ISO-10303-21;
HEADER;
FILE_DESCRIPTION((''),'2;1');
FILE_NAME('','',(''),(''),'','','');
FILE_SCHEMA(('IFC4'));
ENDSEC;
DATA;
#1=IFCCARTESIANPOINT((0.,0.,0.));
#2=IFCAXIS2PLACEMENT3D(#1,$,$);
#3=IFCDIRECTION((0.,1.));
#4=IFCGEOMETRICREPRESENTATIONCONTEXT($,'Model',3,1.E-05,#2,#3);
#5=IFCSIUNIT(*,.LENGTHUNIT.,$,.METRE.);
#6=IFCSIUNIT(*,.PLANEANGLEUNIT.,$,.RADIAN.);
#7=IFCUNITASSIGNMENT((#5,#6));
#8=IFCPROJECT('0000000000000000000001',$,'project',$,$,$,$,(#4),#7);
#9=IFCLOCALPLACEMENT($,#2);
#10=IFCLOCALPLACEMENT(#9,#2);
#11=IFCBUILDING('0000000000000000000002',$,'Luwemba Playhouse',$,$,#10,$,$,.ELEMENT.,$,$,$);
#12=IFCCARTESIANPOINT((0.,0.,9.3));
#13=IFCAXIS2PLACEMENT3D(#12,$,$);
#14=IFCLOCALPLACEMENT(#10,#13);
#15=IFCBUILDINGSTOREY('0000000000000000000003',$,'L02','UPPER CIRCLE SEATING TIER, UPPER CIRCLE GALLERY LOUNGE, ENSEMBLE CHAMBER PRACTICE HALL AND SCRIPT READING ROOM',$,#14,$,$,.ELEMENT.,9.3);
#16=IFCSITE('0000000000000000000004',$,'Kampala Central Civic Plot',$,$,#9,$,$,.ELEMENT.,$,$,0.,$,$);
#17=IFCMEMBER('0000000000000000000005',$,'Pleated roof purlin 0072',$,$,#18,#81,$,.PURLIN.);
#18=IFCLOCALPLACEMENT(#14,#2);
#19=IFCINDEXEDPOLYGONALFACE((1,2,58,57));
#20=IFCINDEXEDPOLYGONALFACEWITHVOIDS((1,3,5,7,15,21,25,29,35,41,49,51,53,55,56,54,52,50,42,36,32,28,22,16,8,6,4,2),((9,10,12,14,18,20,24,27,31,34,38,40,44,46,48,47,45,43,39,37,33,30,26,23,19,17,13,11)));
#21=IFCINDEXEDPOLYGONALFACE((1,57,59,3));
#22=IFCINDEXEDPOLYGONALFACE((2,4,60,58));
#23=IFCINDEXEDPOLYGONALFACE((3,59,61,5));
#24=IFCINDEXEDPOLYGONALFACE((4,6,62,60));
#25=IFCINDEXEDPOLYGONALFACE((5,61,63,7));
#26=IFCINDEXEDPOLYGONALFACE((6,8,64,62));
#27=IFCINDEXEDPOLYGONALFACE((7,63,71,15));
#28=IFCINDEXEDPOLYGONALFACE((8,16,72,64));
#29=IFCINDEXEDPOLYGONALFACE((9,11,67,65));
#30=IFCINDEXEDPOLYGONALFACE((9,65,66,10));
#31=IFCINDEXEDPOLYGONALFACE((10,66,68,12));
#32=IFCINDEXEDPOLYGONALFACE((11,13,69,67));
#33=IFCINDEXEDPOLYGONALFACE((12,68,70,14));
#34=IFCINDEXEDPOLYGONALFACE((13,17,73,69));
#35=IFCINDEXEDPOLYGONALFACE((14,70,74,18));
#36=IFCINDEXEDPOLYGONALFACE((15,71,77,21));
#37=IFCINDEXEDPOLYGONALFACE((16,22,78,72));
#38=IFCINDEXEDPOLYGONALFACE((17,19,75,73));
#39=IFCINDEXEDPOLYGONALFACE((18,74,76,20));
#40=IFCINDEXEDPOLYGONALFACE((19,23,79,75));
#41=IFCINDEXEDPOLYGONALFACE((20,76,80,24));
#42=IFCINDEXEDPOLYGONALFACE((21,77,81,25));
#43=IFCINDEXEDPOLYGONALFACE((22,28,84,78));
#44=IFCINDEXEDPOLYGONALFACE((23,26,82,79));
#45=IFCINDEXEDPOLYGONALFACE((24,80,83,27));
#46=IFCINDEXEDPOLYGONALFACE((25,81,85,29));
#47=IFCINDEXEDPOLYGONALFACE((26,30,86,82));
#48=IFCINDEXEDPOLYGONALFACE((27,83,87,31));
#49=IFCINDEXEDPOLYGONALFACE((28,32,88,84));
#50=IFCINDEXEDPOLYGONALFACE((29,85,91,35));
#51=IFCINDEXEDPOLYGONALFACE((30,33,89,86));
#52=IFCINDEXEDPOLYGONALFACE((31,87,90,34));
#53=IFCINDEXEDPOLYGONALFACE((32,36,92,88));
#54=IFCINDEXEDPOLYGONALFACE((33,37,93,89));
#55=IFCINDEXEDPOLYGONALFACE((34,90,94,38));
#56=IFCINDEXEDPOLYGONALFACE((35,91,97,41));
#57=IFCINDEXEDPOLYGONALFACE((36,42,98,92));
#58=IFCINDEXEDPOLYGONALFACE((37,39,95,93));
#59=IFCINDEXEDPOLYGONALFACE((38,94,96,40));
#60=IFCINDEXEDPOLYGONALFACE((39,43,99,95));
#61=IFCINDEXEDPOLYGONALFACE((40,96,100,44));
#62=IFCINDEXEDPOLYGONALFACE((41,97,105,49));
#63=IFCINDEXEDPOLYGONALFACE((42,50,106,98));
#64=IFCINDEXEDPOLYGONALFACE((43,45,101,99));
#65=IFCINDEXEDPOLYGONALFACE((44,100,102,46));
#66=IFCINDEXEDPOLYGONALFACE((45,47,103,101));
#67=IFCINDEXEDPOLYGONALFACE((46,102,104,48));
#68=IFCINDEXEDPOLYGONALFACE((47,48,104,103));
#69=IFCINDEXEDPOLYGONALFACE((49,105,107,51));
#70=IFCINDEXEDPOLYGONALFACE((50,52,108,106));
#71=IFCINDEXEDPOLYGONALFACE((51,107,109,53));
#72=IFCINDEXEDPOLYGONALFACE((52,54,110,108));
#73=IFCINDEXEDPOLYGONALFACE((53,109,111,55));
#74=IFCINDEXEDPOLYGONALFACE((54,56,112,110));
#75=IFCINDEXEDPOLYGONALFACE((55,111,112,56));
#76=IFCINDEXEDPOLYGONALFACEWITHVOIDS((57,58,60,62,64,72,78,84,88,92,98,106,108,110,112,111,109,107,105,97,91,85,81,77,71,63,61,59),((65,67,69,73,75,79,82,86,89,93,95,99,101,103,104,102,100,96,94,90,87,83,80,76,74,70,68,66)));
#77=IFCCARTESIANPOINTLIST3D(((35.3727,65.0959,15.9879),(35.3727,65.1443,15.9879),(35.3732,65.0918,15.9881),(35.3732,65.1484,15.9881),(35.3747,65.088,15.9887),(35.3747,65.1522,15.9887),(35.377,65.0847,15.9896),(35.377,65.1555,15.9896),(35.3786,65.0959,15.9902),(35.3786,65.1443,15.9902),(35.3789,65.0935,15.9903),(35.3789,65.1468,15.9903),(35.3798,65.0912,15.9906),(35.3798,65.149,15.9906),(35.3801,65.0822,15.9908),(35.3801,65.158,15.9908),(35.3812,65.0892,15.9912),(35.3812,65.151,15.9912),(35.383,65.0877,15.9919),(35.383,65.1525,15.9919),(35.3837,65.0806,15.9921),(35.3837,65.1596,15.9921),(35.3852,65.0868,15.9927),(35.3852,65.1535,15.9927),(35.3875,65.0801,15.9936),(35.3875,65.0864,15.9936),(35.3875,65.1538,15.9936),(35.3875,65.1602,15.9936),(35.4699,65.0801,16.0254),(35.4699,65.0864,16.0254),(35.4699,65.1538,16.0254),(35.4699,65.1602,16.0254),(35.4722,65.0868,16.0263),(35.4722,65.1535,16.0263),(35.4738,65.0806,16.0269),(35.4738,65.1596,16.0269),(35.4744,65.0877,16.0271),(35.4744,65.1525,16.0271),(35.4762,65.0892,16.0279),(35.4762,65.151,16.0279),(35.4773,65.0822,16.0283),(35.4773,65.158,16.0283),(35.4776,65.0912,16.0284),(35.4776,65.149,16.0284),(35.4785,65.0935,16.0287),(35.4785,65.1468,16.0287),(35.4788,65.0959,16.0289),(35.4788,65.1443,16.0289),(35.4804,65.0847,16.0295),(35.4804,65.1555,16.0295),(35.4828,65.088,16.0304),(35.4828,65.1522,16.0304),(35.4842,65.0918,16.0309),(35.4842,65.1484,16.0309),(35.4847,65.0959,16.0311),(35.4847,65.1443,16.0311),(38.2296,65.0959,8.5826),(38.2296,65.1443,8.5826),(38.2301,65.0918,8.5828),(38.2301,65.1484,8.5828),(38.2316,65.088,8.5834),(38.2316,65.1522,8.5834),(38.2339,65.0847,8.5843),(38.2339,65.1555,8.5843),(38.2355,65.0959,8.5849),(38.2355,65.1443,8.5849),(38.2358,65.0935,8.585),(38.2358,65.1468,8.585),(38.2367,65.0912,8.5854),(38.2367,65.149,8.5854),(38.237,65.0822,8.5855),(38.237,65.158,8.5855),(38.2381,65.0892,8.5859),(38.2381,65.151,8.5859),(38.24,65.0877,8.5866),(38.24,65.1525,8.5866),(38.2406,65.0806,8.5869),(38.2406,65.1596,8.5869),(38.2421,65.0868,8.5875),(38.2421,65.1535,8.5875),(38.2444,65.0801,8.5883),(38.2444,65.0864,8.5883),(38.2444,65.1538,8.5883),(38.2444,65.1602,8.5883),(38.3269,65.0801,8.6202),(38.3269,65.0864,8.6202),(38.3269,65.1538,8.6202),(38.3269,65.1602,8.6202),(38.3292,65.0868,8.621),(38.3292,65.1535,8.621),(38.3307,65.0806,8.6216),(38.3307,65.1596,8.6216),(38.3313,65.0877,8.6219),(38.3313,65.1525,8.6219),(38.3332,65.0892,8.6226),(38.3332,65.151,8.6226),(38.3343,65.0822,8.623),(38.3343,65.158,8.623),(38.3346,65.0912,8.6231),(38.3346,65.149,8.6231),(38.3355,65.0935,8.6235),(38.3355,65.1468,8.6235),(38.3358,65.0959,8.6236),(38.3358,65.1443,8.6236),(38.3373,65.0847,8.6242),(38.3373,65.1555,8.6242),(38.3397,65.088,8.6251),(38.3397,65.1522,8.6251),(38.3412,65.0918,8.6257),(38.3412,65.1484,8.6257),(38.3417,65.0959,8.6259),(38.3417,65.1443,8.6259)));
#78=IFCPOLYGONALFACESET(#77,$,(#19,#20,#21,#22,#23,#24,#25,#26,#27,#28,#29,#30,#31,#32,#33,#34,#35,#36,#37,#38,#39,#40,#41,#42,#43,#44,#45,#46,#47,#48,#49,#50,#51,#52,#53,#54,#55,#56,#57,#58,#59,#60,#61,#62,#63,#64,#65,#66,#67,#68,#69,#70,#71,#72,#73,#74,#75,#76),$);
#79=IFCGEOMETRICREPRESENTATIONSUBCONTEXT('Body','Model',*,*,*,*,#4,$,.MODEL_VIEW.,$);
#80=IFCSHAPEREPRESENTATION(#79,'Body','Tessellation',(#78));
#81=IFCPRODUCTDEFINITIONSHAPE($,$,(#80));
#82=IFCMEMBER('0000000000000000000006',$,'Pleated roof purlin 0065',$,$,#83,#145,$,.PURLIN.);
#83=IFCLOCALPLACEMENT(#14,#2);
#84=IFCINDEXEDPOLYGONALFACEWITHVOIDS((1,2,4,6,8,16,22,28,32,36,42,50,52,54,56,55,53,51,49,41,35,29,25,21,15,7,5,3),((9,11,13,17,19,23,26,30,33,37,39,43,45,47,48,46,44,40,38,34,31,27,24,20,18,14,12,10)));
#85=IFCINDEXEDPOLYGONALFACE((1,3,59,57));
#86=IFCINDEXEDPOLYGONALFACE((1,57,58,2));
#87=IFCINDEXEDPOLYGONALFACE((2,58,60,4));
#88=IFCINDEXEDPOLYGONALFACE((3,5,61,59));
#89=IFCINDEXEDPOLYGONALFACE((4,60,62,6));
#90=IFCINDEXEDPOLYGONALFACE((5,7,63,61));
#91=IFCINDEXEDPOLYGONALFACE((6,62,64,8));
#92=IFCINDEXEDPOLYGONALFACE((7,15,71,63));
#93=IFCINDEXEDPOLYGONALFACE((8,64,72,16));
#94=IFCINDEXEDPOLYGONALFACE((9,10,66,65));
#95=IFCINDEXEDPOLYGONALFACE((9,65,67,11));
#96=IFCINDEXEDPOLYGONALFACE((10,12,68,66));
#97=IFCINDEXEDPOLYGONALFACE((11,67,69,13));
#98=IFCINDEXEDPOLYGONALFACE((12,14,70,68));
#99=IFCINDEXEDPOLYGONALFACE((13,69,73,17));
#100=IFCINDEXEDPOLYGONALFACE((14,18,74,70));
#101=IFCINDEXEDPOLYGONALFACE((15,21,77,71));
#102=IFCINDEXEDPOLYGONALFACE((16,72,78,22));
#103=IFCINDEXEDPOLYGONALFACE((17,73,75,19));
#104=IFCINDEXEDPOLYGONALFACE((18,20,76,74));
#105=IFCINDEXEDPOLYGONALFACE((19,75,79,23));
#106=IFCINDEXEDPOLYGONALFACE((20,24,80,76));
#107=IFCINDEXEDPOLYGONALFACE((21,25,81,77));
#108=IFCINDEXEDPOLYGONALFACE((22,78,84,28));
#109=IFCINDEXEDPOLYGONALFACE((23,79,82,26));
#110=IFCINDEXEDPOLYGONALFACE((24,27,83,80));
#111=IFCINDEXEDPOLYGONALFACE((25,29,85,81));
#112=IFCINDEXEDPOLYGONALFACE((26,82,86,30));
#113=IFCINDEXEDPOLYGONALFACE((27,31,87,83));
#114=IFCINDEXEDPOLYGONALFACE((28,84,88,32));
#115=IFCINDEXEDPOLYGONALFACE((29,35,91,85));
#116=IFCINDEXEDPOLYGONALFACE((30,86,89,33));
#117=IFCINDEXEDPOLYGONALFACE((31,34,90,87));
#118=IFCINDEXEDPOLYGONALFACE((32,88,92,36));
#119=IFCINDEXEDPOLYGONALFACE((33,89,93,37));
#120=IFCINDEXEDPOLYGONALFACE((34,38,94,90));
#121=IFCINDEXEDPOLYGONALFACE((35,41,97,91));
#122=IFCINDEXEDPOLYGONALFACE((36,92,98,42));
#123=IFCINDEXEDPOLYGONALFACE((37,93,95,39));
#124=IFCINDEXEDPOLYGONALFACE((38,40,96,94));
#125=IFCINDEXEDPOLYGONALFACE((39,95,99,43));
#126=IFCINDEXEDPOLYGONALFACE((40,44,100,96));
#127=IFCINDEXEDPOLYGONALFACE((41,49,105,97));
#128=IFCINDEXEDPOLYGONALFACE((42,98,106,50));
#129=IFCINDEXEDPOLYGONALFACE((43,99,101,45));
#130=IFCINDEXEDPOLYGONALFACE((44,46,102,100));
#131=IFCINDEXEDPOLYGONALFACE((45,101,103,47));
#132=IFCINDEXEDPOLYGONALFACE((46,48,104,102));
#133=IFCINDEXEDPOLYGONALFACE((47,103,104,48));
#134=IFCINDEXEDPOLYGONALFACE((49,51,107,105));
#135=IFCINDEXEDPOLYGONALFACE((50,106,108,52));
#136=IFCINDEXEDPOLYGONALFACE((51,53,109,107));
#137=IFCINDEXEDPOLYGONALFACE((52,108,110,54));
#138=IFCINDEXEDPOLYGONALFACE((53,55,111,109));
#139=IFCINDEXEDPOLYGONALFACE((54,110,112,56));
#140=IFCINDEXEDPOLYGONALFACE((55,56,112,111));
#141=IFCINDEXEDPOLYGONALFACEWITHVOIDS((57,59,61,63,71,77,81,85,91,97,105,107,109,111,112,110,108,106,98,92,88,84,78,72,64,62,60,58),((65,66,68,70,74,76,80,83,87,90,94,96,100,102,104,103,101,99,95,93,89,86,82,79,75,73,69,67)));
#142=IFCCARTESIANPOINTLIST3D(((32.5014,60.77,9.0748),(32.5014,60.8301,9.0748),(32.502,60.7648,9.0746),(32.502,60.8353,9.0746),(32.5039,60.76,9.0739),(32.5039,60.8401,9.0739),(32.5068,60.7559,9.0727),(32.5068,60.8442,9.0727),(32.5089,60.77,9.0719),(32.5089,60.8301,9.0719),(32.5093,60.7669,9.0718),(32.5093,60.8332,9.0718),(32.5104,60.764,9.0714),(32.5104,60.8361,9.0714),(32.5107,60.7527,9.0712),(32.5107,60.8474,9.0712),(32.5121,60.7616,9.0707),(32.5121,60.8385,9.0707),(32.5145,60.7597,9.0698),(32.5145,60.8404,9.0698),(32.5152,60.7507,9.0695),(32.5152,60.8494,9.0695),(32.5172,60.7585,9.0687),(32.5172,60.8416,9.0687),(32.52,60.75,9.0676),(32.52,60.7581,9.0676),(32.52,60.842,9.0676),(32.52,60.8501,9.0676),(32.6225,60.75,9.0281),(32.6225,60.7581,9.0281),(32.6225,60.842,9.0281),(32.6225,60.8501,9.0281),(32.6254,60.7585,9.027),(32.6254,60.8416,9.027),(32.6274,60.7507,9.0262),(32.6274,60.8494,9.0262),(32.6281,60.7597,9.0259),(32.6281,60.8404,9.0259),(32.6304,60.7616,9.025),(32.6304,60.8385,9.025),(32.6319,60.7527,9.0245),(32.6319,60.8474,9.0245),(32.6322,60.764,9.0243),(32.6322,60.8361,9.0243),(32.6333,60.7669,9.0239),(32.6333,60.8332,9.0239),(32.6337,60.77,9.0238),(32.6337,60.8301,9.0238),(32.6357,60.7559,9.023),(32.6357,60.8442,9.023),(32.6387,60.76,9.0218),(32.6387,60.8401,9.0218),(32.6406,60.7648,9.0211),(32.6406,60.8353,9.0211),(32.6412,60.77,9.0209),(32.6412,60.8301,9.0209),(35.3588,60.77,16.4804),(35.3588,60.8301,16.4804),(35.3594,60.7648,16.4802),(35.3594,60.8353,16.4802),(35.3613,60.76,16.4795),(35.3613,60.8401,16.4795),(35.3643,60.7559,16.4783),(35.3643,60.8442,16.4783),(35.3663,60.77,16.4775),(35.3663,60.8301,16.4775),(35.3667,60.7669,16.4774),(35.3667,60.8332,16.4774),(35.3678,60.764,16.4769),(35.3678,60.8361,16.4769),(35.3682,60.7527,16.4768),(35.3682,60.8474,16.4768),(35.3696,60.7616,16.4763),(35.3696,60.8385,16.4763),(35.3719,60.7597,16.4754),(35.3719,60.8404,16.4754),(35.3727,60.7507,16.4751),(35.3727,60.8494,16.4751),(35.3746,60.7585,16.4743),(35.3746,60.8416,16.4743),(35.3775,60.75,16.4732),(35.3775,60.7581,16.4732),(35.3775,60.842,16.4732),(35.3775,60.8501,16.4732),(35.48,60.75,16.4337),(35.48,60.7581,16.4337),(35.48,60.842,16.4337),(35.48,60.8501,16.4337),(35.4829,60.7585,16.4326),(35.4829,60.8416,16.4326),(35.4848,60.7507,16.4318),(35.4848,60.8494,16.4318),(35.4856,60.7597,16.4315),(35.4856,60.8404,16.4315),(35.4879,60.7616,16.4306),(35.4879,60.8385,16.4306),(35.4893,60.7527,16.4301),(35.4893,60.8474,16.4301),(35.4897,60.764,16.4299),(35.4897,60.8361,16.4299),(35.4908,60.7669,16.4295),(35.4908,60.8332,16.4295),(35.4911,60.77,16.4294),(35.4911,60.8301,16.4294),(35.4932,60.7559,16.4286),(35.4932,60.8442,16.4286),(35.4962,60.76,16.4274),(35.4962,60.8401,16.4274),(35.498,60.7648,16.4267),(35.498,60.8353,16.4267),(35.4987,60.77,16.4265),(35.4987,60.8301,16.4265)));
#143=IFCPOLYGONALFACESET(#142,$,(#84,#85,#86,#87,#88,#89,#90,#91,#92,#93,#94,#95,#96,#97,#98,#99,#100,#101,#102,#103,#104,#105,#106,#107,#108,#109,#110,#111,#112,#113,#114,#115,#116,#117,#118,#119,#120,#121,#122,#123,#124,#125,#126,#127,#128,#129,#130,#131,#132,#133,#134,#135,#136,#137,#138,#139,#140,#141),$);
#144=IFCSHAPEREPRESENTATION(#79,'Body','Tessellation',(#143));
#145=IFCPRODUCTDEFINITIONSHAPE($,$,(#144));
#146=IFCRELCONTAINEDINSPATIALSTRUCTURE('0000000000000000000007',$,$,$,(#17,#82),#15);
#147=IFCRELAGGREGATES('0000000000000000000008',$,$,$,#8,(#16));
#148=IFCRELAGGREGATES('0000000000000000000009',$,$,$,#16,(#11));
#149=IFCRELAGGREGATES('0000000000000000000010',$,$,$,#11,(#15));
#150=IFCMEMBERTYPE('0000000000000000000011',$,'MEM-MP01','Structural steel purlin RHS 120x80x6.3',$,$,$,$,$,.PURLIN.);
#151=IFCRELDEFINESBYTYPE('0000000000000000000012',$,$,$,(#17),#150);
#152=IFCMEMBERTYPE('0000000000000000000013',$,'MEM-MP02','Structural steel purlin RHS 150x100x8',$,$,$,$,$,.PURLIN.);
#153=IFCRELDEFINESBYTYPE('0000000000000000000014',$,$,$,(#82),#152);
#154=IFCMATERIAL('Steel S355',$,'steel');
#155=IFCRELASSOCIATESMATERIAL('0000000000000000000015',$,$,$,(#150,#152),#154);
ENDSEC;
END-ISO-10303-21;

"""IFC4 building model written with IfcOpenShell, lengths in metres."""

from ifc_helpers import new_model, si_unit, direction, frame, origin, origin_2d, place, context, subcontext, project, spatial, hollow_rectangle, extrude, material, material_profile, profile_set, type_object, element, save


model = new_model("IFC4")

# Units and contexts
model_context = context("Model", 3, precision=1e-05, world=origin(), true_north=direction((0.0, 1.0)))
body_context = subcontext(model_context, "Body", "Model", "MODEL_VIEW")
ifc_project = project(units=[si_unit("LENGTHUNIT", "METRE"), si_unit("PLANEANGLEUNIT", "RADIAN")], contexts=[model_context])

# Site, building, storey
site_placement = place(None, origin())
site = spatial("IfcSite", under=ifc_project, at=site_placement, Name="Kampala Central Civic Plot", CompositionType="ELEMENT", RefElevation=0.0)
building_placement = place(site_placement, origin())
building = spatial("IfcBuilding", under=site, at=building_placement, Name="Luwemba Playhouse", CompositionType="ELEMENT")
storey_placement = place(building_placement, frame((0.0, 0.0, 9.3)))
storey = spatial("IfcBuildingStorey", under=building, at=storey_placement, Name="L02", Description="UPPER CIRCLE SEATING TIER, UPPER CIRCLE GALLERY LOUNGE, ENSEMBLE CHAMBER PRACTICE HALL AND SCRIPT READING ROOM", CompositionType="ELEMENT", Elevation=9.3)

# Shared definitions
ifc_material_1 = material(Name="Steel S355", Category="steel")

# Members
ifc_material_profile_1 = material_profile(ifc_material_1, hollow_rectangle(XDim=0.0801, YDim=0.1201, WallThickness=0.0063, InnerFilletRadius=0.0095, OuterFilletRadius=0.0159, at=origin_2d()))
ifc_profile_set_1 = profile_set([ifc_material_profile_1], Name="Steel S355")
member_type_1 = type_object("IfcMemberType", Name="MEM-MP01", Description="Structural steel purlin RHS 120x80x6.3", PredefinedType="PURLIN", material=ifc_profile_set_1)
member_1_placement = place(storey_placement, frame((35.4287, 65.1201, 16.0095), z_axis=(0.359939, 0.0, -0.932976), x_axis=(0.0, 1.0, 0.0)))
element("IfcMember", 1, at=member_1_placement, inside=storey, type_object=member_type_1, Name="Pleated roof purlin 0072", PredefinedType="PURLIN", context=body_context, shape_type="SweptSolid", body=[
    extrude(hollow_rectangle(XDim=0.0801, YDim=0.1201, WallThickness=0.0063, InnerFilletRadius=0.0095, OuterFilletRadius=0.0159, at=origin_2d()), origin(), (0.0, 0.0, 1.0), 7.9373),
])
ifc_material_profile_2 = material_profile(ifc_material_1, hollow_rectangle(XDim=0.1001, YDim=0.1499, WallThickness=0.0081, InnerFilletRadius=0.012, OuterFilletRadius=0.02, at=origin_2d()))
ifc_profile_set_2 = profile_set([ifc_material_profile_2], Name="Steel S355")
member_type_2 = type_object("IfcMemberType", Name="MEM-MP02", Description="Structural steel purlin RHS 150x100x8", PredefinedType="PURLIN", material=ifc_profile_set_2)
member_2_placement = place(storey_placement, frame((32.5713, 60.8, 9.0479), z_axis=(0.359983, 0.0, 0.932959), x_axis=(0.0, 1.0, 0.0)))
element("IfcMember", 2, at=member_2_placement, inside=storey, type_object=member_type_2, Name="Pleated roof purlin 0065", PredefinedType="PURLIN", context=body_context, shape_type="SweptSolid", body=[
    extrude(hollow_rectangle(XDim=0.1001, YDim=0.1499, WallThickness=0.0081, InnerFilletRadius=0.012, OuterFilletRadius=0.02, at=origin_2d()), origin(), (0.0, 0.0, 1.0), 7.9377),
])

save(model, "model.ifc")
